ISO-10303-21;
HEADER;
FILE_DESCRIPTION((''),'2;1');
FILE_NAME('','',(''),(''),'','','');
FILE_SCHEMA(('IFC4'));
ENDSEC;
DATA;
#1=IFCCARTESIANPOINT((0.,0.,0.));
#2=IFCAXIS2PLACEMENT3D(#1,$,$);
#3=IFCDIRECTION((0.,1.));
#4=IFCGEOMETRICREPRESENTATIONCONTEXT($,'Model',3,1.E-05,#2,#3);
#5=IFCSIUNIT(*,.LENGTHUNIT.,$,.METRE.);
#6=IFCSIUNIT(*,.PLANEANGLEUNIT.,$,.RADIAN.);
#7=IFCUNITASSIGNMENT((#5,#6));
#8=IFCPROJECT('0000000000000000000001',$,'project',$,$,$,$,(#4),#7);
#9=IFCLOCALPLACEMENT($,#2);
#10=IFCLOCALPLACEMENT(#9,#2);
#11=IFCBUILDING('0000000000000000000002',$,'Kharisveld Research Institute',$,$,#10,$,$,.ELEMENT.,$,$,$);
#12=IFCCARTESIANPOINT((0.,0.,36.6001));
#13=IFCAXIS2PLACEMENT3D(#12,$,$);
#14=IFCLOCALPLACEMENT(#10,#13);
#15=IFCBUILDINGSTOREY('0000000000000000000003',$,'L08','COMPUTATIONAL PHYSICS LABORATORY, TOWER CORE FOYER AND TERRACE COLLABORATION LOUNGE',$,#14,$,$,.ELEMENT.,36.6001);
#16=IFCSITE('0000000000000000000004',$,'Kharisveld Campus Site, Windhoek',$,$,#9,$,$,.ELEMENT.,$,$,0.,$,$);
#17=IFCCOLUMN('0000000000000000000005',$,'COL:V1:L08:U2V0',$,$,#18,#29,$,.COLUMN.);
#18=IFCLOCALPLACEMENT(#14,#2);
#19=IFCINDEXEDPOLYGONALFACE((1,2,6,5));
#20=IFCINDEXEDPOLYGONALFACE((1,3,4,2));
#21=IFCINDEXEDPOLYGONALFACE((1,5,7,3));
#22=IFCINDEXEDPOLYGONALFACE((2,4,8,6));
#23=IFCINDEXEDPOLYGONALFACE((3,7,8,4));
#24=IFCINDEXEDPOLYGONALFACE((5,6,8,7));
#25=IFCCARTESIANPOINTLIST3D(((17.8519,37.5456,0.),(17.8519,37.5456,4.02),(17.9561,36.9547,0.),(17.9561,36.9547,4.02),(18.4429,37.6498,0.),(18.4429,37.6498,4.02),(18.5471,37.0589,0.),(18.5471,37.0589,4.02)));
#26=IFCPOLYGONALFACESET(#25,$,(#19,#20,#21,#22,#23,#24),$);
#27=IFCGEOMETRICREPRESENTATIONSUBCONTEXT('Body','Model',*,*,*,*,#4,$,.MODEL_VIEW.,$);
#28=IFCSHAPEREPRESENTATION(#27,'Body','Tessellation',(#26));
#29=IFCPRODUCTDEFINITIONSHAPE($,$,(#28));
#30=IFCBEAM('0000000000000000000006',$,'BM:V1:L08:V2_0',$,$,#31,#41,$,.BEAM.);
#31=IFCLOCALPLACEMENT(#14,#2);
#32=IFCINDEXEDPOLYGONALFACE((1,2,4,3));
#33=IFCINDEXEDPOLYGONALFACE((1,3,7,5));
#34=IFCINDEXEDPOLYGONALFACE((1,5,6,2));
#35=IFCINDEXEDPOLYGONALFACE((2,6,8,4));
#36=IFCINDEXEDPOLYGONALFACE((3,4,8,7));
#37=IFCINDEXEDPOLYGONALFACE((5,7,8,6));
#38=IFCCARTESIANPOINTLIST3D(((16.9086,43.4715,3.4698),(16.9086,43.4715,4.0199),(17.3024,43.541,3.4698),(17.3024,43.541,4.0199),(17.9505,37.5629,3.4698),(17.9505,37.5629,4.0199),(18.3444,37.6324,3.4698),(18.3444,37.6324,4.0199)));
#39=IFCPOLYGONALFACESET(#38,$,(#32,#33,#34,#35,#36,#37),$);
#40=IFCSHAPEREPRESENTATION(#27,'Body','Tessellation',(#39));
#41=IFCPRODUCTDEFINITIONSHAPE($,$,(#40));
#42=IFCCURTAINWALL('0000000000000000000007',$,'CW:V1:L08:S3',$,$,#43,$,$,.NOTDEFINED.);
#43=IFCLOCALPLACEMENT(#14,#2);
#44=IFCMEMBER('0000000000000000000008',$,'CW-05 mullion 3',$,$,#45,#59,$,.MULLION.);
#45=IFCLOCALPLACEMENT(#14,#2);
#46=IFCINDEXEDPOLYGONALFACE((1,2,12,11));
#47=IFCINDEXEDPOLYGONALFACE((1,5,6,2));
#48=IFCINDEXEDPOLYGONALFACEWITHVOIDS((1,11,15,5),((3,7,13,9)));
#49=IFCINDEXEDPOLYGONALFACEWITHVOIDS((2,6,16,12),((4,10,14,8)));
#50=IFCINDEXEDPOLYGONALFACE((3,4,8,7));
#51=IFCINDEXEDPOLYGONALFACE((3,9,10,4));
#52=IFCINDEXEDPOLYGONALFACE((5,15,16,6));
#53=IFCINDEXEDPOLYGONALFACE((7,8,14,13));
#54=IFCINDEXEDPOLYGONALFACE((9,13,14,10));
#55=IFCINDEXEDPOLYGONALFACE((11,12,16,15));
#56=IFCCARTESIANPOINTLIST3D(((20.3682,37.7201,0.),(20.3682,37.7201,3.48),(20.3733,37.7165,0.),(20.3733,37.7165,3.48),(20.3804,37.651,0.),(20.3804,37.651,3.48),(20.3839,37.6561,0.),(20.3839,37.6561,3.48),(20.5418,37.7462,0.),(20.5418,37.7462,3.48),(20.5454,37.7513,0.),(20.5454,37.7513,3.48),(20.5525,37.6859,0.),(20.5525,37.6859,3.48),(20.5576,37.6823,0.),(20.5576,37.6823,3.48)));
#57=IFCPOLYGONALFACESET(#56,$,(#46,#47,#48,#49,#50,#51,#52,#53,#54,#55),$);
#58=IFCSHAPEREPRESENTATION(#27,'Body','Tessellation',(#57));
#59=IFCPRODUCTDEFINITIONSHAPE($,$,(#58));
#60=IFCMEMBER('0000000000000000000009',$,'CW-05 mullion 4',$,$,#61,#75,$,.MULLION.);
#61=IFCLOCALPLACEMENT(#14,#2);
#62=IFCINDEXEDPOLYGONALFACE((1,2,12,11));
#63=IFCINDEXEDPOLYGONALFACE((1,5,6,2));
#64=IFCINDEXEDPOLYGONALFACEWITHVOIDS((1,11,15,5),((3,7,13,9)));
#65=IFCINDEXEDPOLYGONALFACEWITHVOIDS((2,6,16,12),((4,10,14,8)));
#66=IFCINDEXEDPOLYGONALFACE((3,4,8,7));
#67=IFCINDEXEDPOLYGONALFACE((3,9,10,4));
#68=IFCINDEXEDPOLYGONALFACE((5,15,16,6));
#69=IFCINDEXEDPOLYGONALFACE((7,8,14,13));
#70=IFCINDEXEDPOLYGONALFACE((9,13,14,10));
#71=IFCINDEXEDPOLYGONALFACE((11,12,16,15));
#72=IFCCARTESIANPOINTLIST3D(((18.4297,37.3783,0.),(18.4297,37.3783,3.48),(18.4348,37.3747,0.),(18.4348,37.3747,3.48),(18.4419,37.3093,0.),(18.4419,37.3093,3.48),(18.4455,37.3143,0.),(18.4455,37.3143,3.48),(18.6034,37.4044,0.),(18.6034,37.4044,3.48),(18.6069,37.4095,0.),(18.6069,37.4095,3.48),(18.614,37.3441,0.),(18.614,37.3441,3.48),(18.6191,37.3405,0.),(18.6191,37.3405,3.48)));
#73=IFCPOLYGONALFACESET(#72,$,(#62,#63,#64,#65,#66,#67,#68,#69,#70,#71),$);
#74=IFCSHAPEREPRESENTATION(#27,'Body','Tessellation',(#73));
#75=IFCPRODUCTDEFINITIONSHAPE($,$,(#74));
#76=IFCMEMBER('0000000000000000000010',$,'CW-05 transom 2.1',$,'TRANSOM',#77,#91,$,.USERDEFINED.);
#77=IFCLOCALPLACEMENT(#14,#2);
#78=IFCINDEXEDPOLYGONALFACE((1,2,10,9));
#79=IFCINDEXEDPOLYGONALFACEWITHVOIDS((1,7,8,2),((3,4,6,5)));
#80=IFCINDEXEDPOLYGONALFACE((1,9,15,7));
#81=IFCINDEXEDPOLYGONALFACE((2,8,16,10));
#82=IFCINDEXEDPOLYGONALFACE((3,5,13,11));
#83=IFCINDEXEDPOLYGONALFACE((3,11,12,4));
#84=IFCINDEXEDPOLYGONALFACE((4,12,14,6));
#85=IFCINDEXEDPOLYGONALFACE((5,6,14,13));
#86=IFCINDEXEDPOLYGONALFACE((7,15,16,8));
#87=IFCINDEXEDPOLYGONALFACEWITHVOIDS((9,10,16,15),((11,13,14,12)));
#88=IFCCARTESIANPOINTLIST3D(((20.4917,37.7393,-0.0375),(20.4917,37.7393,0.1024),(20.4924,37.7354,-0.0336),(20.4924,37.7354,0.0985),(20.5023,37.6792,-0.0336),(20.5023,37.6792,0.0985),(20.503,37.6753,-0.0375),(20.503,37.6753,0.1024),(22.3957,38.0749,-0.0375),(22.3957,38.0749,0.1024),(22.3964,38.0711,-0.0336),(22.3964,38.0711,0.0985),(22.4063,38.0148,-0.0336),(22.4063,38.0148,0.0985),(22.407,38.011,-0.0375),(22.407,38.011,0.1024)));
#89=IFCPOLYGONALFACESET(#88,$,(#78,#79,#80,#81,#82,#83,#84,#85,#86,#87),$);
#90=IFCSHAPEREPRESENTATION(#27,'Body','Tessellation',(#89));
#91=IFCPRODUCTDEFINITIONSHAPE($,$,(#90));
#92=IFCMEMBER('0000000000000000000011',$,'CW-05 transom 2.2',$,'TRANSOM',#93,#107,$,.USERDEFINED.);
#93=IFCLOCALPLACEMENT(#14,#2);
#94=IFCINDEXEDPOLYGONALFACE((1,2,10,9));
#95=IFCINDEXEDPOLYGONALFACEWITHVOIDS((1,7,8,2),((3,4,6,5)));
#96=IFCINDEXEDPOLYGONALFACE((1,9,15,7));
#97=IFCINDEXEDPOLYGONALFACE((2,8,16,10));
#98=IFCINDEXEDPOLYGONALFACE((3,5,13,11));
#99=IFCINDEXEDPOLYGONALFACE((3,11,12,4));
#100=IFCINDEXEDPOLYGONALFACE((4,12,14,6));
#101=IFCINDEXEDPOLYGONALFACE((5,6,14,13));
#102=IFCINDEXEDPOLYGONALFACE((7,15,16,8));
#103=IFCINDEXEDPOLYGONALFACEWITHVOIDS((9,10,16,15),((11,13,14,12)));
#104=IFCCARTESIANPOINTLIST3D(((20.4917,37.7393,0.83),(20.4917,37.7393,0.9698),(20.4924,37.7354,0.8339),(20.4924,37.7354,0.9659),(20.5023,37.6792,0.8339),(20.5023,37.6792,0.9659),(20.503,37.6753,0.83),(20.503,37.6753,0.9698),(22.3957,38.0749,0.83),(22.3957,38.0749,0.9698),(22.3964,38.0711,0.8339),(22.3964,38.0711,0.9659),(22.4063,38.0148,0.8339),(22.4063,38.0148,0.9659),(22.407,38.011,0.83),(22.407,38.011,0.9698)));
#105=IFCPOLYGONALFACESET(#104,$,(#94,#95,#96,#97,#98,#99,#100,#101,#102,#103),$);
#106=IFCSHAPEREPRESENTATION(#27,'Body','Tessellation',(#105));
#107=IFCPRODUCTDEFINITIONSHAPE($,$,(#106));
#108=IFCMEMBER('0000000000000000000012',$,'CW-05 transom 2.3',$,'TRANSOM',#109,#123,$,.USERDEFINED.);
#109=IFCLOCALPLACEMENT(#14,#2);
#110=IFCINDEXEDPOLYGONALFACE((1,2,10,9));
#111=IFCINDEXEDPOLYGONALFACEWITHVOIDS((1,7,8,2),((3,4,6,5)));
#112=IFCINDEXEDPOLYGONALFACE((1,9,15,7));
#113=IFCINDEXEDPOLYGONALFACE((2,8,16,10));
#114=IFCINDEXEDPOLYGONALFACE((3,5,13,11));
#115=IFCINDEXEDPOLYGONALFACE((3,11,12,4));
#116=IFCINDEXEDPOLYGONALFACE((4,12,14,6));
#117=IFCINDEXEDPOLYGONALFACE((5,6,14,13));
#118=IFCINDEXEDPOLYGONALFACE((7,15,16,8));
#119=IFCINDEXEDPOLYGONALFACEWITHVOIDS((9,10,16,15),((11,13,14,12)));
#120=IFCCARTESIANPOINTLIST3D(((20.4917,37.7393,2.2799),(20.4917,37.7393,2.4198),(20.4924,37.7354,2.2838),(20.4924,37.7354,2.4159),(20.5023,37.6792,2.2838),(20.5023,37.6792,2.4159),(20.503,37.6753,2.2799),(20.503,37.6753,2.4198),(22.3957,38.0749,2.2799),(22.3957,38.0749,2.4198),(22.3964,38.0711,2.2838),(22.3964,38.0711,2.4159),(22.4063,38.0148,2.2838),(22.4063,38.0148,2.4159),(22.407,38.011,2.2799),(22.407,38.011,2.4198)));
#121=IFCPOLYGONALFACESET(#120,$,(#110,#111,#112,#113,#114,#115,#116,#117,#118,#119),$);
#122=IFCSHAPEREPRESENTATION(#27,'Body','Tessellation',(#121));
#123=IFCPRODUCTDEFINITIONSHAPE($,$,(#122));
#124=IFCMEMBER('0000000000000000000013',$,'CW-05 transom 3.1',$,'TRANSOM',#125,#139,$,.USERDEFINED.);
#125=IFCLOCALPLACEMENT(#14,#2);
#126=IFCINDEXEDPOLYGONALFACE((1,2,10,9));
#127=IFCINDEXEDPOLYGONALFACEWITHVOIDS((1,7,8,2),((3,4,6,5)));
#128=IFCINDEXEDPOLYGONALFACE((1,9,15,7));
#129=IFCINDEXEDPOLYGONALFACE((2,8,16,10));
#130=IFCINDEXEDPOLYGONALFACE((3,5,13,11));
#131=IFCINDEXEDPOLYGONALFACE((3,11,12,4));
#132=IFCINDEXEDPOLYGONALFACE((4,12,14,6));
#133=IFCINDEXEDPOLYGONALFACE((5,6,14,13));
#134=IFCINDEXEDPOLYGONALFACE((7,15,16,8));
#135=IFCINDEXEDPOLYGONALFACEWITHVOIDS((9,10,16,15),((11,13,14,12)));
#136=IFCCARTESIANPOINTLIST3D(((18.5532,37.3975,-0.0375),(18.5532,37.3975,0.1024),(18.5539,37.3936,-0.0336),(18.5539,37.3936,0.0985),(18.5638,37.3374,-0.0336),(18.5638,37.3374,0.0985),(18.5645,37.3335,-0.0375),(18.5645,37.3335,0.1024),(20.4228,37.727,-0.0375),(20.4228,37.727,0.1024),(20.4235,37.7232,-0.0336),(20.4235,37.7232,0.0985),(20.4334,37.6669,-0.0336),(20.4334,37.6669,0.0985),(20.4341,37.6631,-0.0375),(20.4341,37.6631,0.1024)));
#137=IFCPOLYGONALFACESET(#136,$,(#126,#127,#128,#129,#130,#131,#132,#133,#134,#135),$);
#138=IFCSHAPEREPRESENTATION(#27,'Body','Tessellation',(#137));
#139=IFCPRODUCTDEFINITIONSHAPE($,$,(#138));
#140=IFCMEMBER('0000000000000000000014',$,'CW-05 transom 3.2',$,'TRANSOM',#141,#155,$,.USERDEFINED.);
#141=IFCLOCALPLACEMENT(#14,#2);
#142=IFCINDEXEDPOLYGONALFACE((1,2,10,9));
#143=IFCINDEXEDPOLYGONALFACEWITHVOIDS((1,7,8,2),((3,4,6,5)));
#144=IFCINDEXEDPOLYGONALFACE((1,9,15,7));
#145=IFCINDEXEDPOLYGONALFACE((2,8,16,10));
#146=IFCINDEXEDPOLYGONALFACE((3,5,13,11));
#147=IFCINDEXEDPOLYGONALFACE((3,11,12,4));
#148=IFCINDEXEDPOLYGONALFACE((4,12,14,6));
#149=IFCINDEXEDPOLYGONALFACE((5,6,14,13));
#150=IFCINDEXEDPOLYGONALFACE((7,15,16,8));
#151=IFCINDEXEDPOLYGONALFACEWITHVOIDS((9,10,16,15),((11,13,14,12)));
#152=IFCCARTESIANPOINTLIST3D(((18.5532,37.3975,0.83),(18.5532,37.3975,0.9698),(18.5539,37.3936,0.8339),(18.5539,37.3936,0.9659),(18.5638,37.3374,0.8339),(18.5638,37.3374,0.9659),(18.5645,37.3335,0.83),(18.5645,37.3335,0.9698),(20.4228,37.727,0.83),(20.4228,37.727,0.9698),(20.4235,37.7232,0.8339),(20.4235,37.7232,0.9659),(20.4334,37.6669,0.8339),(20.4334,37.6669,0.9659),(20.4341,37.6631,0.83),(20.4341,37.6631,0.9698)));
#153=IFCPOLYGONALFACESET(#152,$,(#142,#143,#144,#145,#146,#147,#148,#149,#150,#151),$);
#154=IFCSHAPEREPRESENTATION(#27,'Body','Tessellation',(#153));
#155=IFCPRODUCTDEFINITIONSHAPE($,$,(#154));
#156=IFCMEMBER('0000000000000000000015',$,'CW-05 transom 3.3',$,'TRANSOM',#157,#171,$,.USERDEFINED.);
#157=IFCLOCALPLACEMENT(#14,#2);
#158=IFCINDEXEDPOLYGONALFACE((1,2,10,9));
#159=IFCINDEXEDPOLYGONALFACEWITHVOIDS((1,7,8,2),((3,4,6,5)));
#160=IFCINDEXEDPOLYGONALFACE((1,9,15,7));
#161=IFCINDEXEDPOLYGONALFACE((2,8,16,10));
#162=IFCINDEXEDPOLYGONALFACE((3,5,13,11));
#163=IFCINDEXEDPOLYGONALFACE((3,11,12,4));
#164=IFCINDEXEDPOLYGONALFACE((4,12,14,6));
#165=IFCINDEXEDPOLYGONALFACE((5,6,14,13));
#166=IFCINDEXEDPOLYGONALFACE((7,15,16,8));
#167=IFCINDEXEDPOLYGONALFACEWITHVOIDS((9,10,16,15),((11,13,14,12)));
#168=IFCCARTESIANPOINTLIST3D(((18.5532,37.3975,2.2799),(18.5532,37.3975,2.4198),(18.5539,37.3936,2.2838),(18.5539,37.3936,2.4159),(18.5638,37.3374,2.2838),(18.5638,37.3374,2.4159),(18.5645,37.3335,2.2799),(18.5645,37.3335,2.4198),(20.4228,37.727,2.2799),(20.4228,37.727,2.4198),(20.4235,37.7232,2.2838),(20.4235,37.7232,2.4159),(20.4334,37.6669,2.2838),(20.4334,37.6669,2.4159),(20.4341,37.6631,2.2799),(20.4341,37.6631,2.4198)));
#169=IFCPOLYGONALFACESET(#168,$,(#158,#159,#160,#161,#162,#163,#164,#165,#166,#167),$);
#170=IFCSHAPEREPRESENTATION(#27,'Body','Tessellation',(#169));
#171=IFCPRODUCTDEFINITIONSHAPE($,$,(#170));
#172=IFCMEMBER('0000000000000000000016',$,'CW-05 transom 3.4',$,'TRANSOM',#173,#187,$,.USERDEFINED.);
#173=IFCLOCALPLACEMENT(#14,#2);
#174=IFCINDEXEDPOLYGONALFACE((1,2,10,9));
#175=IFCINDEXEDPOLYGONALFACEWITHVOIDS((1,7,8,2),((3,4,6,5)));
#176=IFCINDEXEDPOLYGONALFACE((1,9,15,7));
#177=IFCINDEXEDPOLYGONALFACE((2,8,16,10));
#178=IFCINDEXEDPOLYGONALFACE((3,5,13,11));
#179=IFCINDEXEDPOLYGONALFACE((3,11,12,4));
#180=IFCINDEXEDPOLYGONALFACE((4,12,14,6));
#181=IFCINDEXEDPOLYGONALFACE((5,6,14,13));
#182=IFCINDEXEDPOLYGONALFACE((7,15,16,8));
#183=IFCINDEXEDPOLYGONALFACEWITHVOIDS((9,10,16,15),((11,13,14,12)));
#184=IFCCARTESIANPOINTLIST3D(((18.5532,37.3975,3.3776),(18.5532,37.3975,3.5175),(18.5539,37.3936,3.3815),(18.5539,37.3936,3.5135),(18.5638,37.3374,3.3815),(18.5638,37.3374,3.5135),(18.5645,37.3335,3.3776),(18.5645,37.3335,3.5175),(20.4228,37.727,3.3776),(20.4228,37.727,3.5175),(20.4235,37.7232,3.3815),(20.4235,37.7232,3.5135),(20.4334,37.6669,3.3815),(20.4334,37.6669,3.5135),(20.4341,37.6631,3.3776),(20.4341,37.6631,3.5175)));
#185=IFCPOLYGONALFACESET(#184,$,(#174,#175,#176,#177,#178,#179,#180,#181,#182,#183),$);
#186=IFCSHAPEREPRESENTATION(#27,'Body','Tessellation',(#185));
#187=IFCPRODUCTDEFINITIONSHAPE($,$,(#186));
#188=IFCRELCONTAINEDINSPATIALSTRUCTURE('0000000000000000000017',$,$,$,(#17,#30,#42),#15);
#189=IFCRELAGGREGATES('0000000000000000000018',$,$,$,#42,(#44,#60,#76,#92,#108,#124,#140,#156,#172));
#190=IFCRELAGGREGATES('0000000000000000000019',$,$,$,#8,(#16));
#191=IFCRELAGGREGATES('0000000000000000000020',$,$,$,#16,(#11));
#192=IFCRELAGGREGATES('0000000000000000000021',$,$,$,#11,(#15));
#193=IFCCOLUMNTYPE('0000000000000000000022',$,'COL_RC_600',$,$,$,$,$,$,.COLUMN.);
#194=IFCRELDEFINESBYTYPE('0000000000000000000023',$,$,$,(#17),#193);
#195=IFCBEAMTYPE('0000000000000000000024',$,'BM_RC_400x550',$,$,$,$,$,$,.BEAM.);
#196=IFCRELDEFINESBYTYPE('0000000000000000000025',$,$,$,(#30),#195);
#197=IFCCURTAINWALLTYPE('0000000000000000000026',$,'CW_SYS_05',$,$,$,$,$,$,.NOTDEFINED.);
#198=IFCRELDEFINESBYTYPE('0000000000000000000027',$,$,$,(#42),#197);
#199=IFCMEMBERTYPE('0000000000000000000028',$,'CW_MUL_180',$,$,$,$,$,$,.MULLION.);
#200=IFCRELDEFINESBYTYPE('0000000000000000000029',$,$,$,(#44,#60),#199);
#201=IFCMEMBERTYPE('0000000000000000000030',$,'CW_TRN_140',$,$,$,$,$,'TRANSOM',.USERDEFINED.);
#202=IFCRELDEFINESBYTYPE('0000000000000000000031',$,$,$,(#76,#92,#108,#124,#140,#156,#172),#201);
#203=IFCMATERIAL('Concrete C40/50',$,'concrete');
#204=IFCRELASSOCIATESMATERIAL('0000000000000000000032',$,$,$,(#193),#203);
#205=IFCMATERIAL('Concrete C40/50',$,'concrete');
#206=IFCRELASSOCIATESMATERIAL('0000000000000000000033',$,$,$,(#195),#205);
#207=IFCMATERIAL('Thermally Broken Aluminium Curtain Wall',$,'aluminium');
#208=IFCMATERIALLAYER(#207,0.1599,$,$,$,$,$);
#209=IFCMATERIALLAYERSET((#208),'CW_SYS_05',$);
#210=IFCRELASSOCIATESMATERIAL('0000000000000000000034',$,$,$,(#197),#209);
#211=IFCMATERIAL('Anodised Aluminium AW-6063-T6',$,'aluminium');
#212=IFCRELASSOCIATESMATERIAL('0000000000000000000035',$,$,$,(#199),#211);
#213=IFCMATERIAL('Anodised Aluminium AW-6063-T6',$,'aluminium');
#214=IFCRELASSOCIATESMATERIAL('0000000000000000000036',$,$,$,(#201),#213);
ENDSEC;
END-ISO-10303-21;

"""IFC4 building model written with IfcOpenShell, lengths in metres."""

from ifc_helpers import new_model, si_unit, direction, frame, origin, origin_2d, place, context, subcontext, project, spatial, rectangle, hollow_rectangle, extrude, material, layer, layer_set, material_profile, profile_set, type_object, element, aggregate, save


model = new_model("IFC4")

# Units and contexts
model_context = context("Model", 3, precision=1e-05, world=origin(), true_north=direction((0.0, 1.0)))
body_context = subcontext(model_context, "Body", "Model", "MODEL_VIEW")
ifc_project = project(units=[si_unit("LENGTHUNIT", "METRE"), si_unit("PLANEANGLEUNIT", "RADIAN")], contexts=[model_context])

# Site, building, storey
site_placement = place(None, origin())
site = spatial("IfcSite", under=ifc_project, at=site_placement, Name="Kharisveld Campus Site, Windhoek", CompositionType="ELEMENT", RefElevation=0.0)
building_placement = place(site_placement, origin())
building = spatial("IfcBuilding", under=site, at=building_placement, Name="Kharisveld Research Institute", CompositionType="ELEMENT")
storey_placement = place(building_placement, frame((0.0, 0.0, 36.6001)))
storey = spatial("IfcBuildingStorey", under=building, at=storey_placement, Name="L08", Description="COMPUTATIONAL PHYSICS LABORATORY, TOWER CORE FOYER AND TERRACE COLLABORATION LOUNGE", CompositionType="ELEMENT", Elevation=36.6001)

# Column
ifc_material_1 = material(Name="Concrete C40/50", Category="concrete")
ifc_material_profile_1 = material_profile(ifc_material_1, rectangle(XDim=0.6001, YDim=0.6001, at=origin_2d()))
ifc_profile_set_1 = profile_set([ifc_material_profile_1], Name="Concrete C40/50")
column_type = type_object("IfcColumnType", Name="COL_RC_600", PredefinedType="COLUMN", material=ifc_profile_set_1)
column_placement = place(storey_placement, frame((18.1995, 37.3022, 0.0), z_axis=(0.0, 0.0, 1.0), x_axis=(0.984808, 0.173648, 0.0)))
element("IfcColumn", 1, at=column_placement, inside=storey, type_object=column_type, Name="COL:V1:L08:U2V0", PredefinedType="COLUMN", context=body_context, shape_type="SweptSolid", body=[
    extrude(rectangle(XDim=0.6001, YDim=0.6001, at=origin_2d()), origin(), (0.0, 0.0, 1.0), 4.02),
])

# Beam
ifc_material_2 = material(Name="Concrete C40/50", Category="concrete")
ifc_material_profile_2 = material_profile(ifc_material_2, rectangle(XDim=0.3999, YDim=0.55, at=origin_2d()))
ifc_profile_set_2 = profile_set([ifc_material_profile_2], Name="Concrete C40/50")
beam_type_1 = type_object("IfcBeamType", Name="BM_RC_400x550", PredefinedType="BEAM", material=ifc_profile_set_2)
beam_1_placement = place(storey_placement, frame((18.1475, 37.5977, 3.7449), z_axis=(-0.173669, 0.984804, 0.0), x_axis=(-0.984804, -0.173669, 0.0)))
element("IfcBeam", 2, at=beam_1_placement, inside=storey, type_object=beam_type_1, Name="BM:V1:L08:V2_0", PredefinedType="BEAM", context=body_context, shape_type="SweptSolid", body=[
    extrude(rectangle(XDim=0.3999, YDim=0.55, at=origin_2d()), origin(), (0.0, 0.0, 1.0), 5.9998),
])

# Curtain wall, members
ifc_material_3 = material(Name="Thermally Broken Aluminium Curtain Wall", Category="aluminium")
ifc_layer_1 = layer(ifc_material_3, 0.1599)
ifc_layer_set_1 = layer_set([ifc_layer_1], Name="CW_SYS_05")
curtain_wall_type = type_object("IfcCurtainWallType", Name="CW_SYS_05", PredefinedType="NOTDEFINED", material=ifc_layer_set_1)
curtain_wall_placement = place(storey_placement, origin())
curtain_wall = element("IfcCurtainWall", 3, at=curtain_wall_placement, inside=storey, type_object=curtain_wall_type, Name="CW:V1:L08:S3", PredefinedType="NOTDEFINED")
ifc_material_4 = material(Name="Anodised Aluminium AW-6063-T6", Category="aluminium")
ifc_material_profile_3 = material_profile(ifc_material_4, hollow_rectangle(XDim=0.0701, YDim=0.1799, WallThickness=0.0044, at=origin_2d()))
ifc_profile_set_3 = profile_set([ifc_material_profile_3], Name="Anodised Aluminium AW-6063-T6")
member_type_1 = type_object("IfcMemberType", Name="CW_MUL_180", PredefinedType="MULLION", material=ifc_profile_set_3)
member_1_placement = place(storey_placement, frame((20.4629, 37.7012, 0.0), z_axis=(0.0, 0.0, 1.0), x_axis=(0.173648, -0.984808, 0.0)))
member_1 = element("IfcMember", 4, at=member_1_placement, type_object=member_type_1, Name="CW-05 mullion 3", PredefinedType="MULLION", context=body_context, shape_type="SweptSolid", body=[
    extrude(hollow_rectangle(XDim=0.0701, YDim=0.1799, WallThickness=0.0044, at=origin_2d()), origin(), (0.0, 0.0, 1.0), 3.48),
])
member_2_placement = place(storey_placement, frame((18.5244, 37.3594, 0.0), z_axis=(0.0, 0.0, 1.0), x_axis=(0.173648, -0.984808, 0.0)))
member_2 = element("IfcMember", 5, at=member_2_placement, type_object=member_type_1, Name="CW-05 mullion 4", PredefinedType="MULLION", context=body_context, shape_type="SweptSolid", body=[
    extrude(hollow_rectangle(XDim=0.0701, YDim=0.1799, WallThickness=0.0044, at=origin_2d()), origin(), (0.0, 0.0, 1.0), 3.48),
])
ifc_material_5 = material(Name="Anodised Aluminium AW-6063-T6", Category="aluminium")
ifc_material_profile_4 = material_profile(ifc_material_5, hollow_rectangle(XDim=0.0649, YDim=0.1399, WallThickness=0.0039, at=origin_2d()))
ifc_profile_set_4 = profile_set([ifc_material_profile_4], Name="Anodised Aluminium AW-6063-T6")
member_type_2 = type_object("IfcMemberType", Name="CW_TRN_140", ElementType="TRANSOM", PredefinedType="USERDEFINED", material=ifc_profile_set_4)
member_3_placement = place(storey_placement, frame((22.4014, 38.043, 0.0325), z_axis=(-0.984812, -0.173627, 0.0), x_axis=(0.173627, -0.984812, 0.0)))
member_3 = element("IfcMember", 6, at=member_3_placement, type_object=member_type_2, Name="CW-05 transom 2.1", ObjectType="TRANSOM", PredefinedType="USERDEFINED", context=body_context, shape_type="SweptSolid", body=[
    extrude(hollow_rectangle(XDim=0.0649, YDim=0.1399, WallThickness=0.0039, at=origin_2d()), origin(), (0.0, 0.0, 1.0), 1.9333),
])
member_4_placement = place(storey_placement, frame((22.4014, 38.043, 0.8999), z_axis=(-0.984812, -0.173627, 0.0), x_axis=(0.173627, -0.984812, 0.0)))
member_4 = element("IfcMember", 7, at=member_4_placement, type_object=member_type_2, Name="CW-05 transom 2.2", ObjectType="TRANSOM", PredefinedType="USERDEFINED", context=body_context, shape_type="SweptSolid", body=[
    extrude(hollow_rectangle(XDim=0.0649, YDim=0.1399, WallThickness=0.0039, at=origin_2d()), origin(), (0.0, 0.0, 1.0), 1.9333),
])
member_5_placement = place(storey_placement, frame((22.4014, 38.043, 2.3499), z_axis=(-0.984812, -0.173627, 0.0), x_axis=(0.173627, -0.984812, 0.0)))
member_5 = element("IfcMember", 8, at=member_5_placement, type_object=member_type_2, Name="CW-05 transom 2.3", ObjectType="TRANSOM", PredefinedType="USERDEFINED", context=body_context, shape_type="SweptSolid", body=[
    extrude(hollow_rectangle(XDim=0.0649, YDim=0.1399, WallThickness=0.0039, at=origin_2d()), origin(), (0.0, 0.0, 1.0), 1.9333),
])
member_6_placement = place(storey_placement, frame((20.4285, 37.6951, 0.0325), z_axis=(-0.984815, -0.173609, 0.0), x_axis=(0.173609, -0.984815, 0.0)))
member_6 = element("IfcMember", 9, at=member_6_placement, type_object=member_type_2, Name="CW-05 transom 3.1", ObjectType="TRANSOM", PredefinedType="USERDEFINED", context=body_context, shape_type="SweptSolid", body=[
    extrude(hollow_rectangle(XDim=0.0649, YDim=0.1399, WallThickness=0.0039, at=origin_2d()), origin(), (0.0, 0.0, 1.0), 1.8984),
])
member_7_placement = place(storey_placement, frame((20.4285, 37.6951, 0.8999), z_axis=(-0.984815, -0.173609, 0.0), x_axis=(0.173609, -0.984815, 0.0)))
member_7 = element("IfcMember", 10, at=member_7_placement, type_object=member_type_2, Name="CW-05 transom 3.2", ObjectType="TRANSOM", PredefinedType="USERDEFINED", context=body_context, shape_type="SweptSolid", body=[
    extrude(hollow_rectangle(XDim=0.0649, YDim=0.1399, WallThickness=0.0039, at=origin_2d()), origin(), (0.0, 0.0, 1.0), 1.8984),
])
member_8_placement = place(storey_placement, frame((20.4285, 37.6951, 2.3499), z_axis=(-0.984815, -0.173609, 0.0), x_axis=(0.173609, -0.984815, 0.0)))
member_8 = element("IfcMember", 11, at=member_8_placement, type_object=member_type_2, Name="CW-05 transom 3.3", ObjectType="TRANSOM", PredefinedType="USERDEFINED", context=body_context, shape_type="SweptSolid", body=[
    extrude(hollow_rectangle(XDim=0.0649, YDim=0.1399, WallThickness=0.0039, at=origin_2d()), origin(), (0.0, 0.0, 1.0), 1.8984),
])
member_9_placement = place(storey_placement, frame((20.4285, 37.6951, 3.4475), z_axis=(-0.984815, -0.173609, 0.0), x_axis=(0.173609, -0.984815, 0.0)))
member_9 = element("IfcMember", 12, at=member_9_placement, type_object=member_type_2, Name="CW-05 transom 3.4", ObjectType="TRANSOM", PredefinedType="USERDEFINED", context=body_context, shape_type="SweptSolid", body=[
    extrude(hollow_rectangle(XDim=0.0649, YDim=0.1399, WallThickness=0.0039, at=origin_2d()), origin(), (0.0, 0.0, 1.0), 1.8984),
])

aggregate(curtain_wall, [member_1, member_2, member_3, member_4, member_5, member_6, member_7, member_8, member_9])

save(model, "model.ifc")
